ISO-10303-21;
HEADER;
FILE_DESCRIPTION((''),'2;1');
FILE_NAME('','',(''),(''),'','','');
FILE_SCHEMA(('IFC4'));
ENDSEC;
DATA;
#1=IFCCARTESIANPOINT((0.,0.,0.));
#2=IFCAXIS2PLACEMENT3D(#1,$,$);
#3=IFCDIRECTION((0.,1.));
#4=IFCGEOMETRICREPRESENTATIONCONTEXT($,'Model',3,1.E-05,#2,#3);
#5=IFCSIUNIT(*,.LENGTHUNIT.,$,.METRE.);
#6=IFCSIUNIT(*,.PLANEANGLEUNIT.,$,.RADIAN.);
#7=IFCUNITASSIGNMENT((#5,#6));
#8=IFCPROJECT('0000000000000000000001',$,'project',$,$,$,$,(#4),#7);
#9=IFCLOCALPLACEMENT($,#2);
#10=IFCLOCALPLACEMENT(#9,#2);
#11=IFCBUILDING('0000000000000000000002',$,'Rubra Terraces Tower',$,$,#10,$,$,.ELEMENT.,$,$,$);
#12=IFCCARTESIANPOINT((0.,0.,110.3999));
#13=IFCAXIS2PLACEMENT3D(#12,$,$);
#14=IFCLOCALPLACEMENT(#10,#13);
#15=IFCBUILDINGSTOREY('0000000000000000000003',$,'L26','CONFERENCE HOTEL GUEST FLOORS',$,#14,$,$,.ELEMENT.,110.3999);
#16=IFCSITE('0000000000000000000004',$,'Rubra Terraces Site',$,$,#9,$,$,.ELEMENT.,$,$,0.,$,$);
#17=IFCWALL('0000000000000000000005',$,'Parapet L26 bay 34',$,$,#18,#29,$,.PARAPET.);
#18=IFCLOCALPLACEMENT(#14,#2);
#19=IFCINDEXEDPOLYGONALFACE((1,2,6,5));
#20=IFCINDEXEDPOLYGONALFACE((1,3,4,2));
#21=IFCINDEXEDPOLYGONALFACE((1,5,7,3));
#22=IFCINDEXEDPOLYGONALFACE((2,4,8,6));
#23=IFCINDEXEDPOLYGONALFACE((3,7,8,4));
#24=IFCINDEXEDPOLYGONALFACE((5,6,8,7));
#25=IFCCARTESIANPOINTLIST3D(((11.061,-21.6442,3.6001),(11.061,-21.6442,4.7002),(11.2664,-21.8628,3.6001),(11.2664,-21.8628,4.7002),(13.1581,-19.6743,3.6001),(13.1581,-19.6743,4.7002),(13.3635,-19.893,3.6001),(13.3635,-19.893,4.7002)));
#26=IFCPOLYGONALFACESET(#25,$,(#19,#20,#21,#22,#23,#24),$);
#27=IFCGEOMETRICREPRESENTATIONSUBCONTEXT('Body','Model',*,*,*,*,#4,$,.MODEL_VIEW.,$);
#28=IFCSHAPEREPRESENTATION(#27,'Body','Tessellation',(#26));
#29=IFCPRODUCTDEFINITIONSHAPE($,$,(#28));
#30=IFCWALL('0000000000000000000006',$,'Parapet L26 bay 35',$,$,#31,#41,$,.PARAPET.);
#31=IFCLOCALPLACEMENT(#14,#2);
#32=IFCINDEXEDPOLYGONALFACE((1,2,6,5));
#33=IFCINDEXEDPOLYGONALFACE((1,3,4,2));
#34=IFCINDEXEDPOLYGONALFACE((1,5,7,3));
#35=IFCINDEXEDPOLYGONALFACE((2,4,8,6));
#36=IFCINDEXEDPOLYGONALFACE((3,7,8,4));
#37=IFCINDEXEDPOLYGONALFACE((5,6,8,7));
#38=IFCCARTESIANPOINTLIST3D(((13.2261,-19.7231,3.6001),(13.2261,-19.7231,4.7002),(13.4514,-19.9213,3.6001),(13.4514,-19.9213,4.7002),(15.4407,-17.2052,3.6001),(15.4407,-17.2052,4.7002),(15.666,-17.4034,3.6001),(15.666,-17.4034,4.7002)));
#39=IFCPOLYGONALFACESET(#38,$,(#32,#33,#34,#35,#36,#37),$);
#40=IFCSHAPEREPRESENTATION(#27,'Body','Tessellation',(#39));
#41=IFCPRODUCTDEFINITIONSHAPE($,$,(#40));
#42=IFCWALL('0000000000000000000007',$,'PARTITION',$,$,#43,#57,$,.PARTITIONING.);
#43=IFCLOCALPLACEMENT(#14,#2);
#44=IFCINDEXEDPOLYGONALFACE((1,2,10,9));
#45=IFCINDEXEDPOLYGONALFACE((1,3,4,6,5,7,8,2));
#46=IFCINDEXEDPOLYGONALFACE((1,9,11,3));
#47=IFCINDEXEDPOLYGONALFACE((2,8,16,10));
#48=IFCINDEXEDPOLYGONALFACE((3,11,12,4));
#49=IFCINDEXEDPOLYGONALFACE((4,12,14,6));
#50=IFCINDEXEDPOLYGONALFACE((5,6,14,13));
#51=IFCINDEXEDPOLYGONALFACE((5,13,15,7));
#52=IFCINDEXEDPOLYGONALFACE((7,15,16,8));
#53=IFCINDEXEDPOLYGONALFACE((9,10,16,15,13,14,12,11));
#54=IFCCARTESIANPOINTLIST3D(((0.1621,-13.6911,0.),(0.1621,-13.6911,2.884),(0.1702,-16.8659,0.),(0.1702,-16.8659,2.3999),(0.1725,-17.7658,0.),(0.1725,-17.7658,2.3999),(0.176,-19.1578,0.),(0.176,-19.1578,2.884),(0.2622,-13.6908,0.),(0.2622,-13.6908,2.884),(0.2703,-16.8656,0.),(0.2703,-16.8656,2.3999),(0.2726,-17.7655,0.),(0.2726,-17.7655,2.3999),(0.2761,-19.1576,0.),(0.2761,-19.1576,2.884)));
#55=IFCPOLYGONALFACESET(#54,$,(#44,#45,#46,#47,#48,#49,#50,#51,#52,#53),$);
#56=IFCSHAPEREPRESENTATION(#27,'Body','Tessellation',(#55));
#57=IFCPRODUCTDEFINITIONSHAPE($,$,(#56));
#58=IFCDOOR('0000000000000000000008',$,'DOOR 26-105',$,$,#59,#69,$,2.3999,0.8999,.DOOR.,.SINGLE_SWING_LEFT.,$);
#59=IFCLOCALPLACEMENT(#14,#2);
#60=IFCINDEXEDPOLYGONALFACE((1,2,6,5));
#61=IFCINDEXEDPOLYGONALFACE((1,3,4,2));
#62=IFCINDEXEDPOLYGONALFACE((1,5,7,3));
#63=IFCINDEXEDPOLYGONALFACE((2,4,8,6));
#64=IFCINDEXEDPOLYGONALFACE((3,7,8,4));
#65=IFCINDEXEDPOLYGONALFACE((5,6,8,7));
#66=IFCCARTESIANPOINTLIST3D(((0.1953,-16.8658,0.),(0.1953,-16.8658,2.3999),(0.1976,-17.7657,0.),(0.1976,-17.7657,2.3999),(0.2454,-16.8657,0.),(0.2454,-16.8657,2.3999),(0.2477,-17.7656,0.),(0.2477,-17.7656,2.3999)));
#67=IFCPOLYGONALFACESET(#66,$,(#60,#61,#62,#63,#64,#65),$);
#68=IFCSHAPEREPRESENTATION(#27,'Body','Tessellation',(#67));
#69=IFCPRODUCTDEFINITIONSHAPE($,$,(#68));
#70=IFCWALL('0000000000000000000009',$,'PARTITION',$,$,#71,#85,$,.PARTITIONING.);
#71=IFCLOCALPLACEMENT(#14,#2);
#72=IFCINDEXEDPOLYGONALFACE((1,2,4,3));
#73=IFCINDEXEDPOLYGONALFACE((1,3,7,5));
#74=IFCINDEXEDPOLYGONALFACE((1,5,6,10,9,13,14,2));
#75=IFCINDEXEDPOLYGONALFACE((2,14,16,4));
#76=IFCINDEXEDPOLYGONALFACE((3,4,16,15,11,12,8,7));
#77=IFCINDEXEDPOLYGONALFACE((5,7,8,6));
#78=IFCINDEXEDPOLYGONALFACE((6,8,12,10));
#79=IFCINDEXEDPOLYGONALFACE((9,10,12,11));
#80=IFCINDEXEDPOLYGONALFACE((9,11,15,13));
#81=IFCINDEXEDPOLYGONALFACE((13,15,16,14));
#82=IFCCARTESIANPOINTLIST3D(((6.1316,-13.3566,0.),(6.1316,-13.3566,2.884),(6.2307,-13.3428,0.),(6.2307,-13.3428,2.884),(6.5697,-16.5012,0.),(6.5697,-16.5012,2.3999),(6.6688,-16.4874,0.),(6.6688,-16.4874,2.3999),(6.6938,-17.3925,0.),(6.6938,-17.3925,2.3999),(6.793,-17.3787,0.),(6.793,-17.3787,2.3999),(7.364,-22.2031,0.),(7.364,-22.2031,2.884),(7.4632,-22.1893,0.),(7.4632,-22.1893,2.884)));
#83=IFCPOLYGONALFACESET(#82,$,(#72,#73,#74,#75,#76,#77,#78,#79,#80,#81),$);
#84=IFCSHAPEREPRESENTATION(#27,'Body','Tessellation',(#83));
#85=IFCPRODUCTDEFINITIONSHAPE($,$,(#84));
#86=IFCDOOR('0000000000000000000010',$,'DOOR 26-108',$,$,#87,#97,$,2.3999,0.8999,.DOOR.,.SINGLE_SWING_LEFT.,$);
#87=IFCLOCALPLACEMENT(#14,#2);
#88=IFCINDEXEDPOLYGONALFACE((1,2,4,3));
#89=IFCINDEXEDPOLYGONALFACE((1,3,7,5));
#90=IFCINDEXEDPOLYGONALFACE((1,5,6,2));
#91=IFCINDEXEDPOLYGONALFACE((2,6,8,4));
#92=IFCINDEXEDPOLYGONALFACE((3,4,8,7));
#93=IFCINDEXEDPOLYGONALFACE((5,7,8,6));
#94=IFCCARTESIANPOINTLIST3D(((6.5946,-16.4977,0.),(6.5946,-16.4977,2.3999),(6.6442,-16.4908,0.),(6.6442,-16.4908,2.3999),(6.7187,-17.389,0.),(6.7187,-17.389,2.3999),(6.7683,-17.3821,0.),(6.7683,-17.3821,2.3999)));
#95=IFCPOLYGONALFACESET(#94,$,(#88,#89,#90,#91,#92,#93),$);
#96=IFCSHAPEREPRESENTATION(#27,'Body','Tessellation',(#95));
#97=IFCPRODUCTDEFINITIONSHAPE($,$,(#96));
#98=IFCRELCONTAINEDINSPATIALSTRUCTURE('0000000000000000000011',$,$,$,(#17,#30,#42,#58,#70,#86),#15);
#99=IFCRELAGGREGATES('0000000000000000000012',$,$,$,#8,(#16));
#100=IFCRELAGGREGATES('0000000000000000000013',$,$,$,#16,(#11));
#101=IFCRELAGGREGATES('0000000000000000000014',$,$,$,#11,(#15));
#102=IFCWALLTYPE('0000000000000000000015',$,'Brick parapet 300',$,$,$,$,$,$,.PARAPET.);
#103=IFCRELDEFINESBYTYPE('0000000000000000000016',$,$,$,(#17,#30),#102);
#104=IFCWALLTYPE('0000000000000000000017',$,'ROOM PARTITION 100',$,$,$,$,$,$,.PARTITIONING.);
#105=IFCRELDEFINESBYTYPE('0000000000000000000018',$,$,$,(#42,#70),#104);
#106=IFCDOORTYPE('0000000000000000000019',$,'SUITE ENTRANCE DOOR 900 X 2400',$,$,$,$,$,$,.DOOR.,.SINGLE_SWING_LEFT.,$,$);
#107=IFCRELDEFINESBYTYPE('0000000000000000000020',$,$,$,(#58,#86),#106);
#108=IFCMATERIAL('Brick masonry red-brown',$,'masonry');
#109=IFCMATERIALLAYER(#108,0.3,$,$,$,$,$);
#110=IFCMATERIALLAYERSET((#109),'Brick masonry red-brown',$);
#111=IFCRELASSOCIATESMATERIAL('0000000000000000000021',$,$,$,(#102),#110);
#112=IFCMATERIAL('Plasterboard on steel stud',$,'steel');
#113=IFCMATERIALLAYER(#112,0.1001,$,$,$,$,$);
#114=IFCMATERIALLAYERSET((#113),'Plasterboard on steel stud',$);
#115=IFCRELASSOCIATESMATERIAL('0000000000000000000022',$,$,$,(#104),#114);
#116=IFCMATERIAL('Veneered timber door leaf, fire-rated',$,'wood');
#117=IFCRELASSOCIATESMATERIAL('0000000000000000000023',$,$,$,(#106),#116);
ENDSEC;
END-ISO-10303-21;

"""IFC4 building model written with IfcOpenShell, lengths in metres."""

from ifc_helpers import new_model, si_unit, direction, frame, frame_2d, origin, place, context, subcontext, project, spatial, rectangle, extrude, material, layer, layer_set, type_object, element, fill, save


model = new_model("IFC4")

# Units and contexts
model_context = context("Model", 3, precision=1e-05, world=origin(), true_north=direction((0.0, 1.0)))
body_context = subcontext(model_context, "Body", "Model", "MODEL_VIEW")
ifc_project = project(units=[si_unit("LENGTHUNIT", "METRE"), si_unit("PLANEANGLEUNIT", "RADIAN")], contexts=[model_context])

# Site, building, storey
site_placement = place(None, origin())
site = spatial("IfcSite", under=ifc_project, at=site_placement, Name="Rubra Terraces Site", CompositionType="ELEMENT", RefElevation=0.0)
building_placement = place(site_placement, origin())
building = spatial("IfcBuilding", under=site, at=building_placement, Name="Rubra Terraces Tower", CompositionType="ELEMENT")
storey_placement = place(building_placement, frame((0.0, 0.0, 110.3999)))
storey = spatial("IfcBuildingStorey", under=building, at=storey_placement, Name="L26", Description="CONFERENCE HOTEL GUEST FLOORS", CompositionType="ELEMENT", Elevation=110.3999)

# Shared definitions
ifc_material_1 = material(Name="Brick masonry red-brown", Category="masonry")

# Walls
ifc_layer_1 = layer(ifc_material_1, 0.3)
ifc_layer_set_1 = layer_set([ifc_layer_1], Name="Brick masonry red-brown")
wall_type_1 = type_object("IfcWallType", Name="Brick parapet 300", PredefinedType="PARAPET", material=ifc_layer_set_1)
wall_1_placement = place(storey_placement, frame((11.1638, -21.7534, 3.6001), z_axis=(0.0, 0.0, 1.0), x_axis=(0.728865, 0.684658, 0.0)))
element("IfcWall", 1, at=wall_1_placement, inside=storey, type_object=wall_type_1, Name="Parapet L26 bay 34", PredefinedType="PARAPET", context=body_context, shape_type="SweptSolid", body=[
    extrude(rectangle(XDim=2.8772, YDim=0.3, at=frame_2d((1.4385, 0.0))), origin(), (0.0, 0.0, 1.0), 1.1001),
])
wall_2_placement = place(storey_placement, frame((13.3386, -19.8223, 3.6001), z_axis=(0.0, 0.0, 1.0), x_axis=(0.660446, 0.750874, 0.0)))
element("IfcWall", 2, at=wall_2_placement, inside=storey, type_object=wall_type_1, Name="Parapet L26 bay 35", PredefinedType="PARAPET", context=body_context, shape_type="SweptSolid", body=[
    extrude(rectangle(XDim=3.3533, YDim=0.3, at=frame_2d((1.6768, 0.0))), origin(), (0.0, 0.0, 1.0), 1.1001),
])

# Walls, openings, doors
ifc_material_2 = material(Name="Plasterboard on steel stud", Category="steel")
ifc_layer_2 = layer(ifc_material_2, 0.1001)
ifc_layer_set_2 = layer_set([ifc_layer_2], Name="Plasterboard on steel stud")
wall_type_2 = type_object("IfcWallType", Name="ROOM PARTITION 100", PredefinedType="PARTITIONING", material=ifc_layer_set_2)
wall_3_placement = place(storey_placement, frame((0.2261, -19.1577, 0.0), z_axis=(0.0, 0.0, 1.0), x_axis=(-0.002546, 0.999997, 0.0)))
wall_3 = element("IfcWall", 3, at=wall_3_placement, inside=storey, type_object=wall_type_2, Name="PARTITION", PredefinedType="PARTITIONING", context=body_context, shape_type="SweptSolid", body=[
    extrude(rectangle(XDim=5.4668, YDim=0.1001, at=frame_2d((2.7334, 0.0))), origin(), (0.0, 0.0, 1.0), 2.884),
])
opening_1_placement = place(wall_3_placement, frame((1.3921, 0.0, 0.0)))
opening_1 = element("IfcOpeningElement", 4, at=opening_1_placement, cuts=wall_3, PredefinedType="OPENING", context=body_context, shape_type="SweptSolid", body=[
    extrude(rectangle(XDim=0.8999, YDim=2.3999, at=frame_2d((0.45, 1.2))), frame((0.0, 0.0601, 0.0), z_axis=(0.0, -1.0, 0.0), x_axis=(1.0, 0.0, 0.0)), (0.0, 0.0, 1.0), 0.1201),
])
ifc_material_3 = material(Name="Veneered timber door leaf, fire-rated", Category="wood")
door_type = type_object("IfcDoorType", Name="SUITE ENTRANCE DOOR 900 X 2400", OperationType="SINGLE_SWING_LEFT", PredefinedType="DOOR", material=ifc_material_3)
door_1_placement = place(opening_1_placement, origin())
door_1 = element("IfcDoor", 5, at=door_1_placement, inside=storey, type_object=door_type, Name="DOOR 26-105", OperationType="SINGLE_SWING_LEFT", OverallHeight=2.3999, OverallWidth=0.8999, PredefinedType="DOOR", context=body_context, shape_type="SweptSolid", body=[
    extrude(rectangle(XDim=0.8999, YDim=2.3999, at=frame_2d((0.45, 1.2))), frame((0.0, 0.0249, 0.0), z_axis=(0.0, -1.0, 0.0), x_axis=(1.0, 0.0, 0.0)), (0.0, 0.0, 1.0), 0.05),
])
fill(opening_1, door_1)
wall_4_placement = place(storey_placement, frame((7.4136, -22.196, 0.0), z_axis=(0.0, 0.0, 1.0), x_axis=(-0.13798, 0.990435, 0.0)))
wall_4 = element("IfcWall", 6, at=wall_4_placement, inside=storey, type_object=wall_type_2, Name="PARTITION", PredefinedType="PARTITIONING", context=body_context, shape_type="SweptSolid", body=[
    extrude(rectangle(XDim=8.9319, YDim=0.1001, at=frame_2d((4.4658, 0.0))), origin(), (0.0, 0.0, 1.0), 2.884),
])
opening_2_placement = place(wall_4_placement, frame((4.8569, 0.0, 0.0)))
opening_2 = element("IfcOpeningElement", 7, at=opening_2_placement, cuts=wall_4, PredefinedType="OPENING", context=body_context, shape_type="SweptSolid", body=[
    extrude(rectangle(XDim=0.8999, YDim=2.3999, at=frame_2d((0.45, 1.2))), frame((0.0, 0.0601, 0.0), z_axis=(0.0, -1.0, 0.0), x_axis=(1.0, 0.0, 0.0)), (0.0, 0.0, 1.0), 0.1201),
])
door_2_placement = place(opening_2_placement, origin())
door_2 = element("IfcDoor", 8, at=door_2_placement, inside=storey, type_object=door_type, Name="DOOR 26-108", OperationType="SINGLE_SWING_LEFT", OverallHeight=2.3999, OverallWidth=0.8999, PredefinedType="DOOR", context=body_context, shape_type="SweptSolid", body=[
    extrude(rectangle(XDim=0.8999, YDim=2.3999, at=frame_2d((0.45, 1.2))), frame((0.0, 0.0249, 0.0), z_axis=(0.0, -1.0, 0.0), x_axis=(1.0, 0.0, 0.0)), (0.0, 0.0, 1.0), 0.05),
])
fill(opening_2, door_2)

save(model, "model.ifc")
